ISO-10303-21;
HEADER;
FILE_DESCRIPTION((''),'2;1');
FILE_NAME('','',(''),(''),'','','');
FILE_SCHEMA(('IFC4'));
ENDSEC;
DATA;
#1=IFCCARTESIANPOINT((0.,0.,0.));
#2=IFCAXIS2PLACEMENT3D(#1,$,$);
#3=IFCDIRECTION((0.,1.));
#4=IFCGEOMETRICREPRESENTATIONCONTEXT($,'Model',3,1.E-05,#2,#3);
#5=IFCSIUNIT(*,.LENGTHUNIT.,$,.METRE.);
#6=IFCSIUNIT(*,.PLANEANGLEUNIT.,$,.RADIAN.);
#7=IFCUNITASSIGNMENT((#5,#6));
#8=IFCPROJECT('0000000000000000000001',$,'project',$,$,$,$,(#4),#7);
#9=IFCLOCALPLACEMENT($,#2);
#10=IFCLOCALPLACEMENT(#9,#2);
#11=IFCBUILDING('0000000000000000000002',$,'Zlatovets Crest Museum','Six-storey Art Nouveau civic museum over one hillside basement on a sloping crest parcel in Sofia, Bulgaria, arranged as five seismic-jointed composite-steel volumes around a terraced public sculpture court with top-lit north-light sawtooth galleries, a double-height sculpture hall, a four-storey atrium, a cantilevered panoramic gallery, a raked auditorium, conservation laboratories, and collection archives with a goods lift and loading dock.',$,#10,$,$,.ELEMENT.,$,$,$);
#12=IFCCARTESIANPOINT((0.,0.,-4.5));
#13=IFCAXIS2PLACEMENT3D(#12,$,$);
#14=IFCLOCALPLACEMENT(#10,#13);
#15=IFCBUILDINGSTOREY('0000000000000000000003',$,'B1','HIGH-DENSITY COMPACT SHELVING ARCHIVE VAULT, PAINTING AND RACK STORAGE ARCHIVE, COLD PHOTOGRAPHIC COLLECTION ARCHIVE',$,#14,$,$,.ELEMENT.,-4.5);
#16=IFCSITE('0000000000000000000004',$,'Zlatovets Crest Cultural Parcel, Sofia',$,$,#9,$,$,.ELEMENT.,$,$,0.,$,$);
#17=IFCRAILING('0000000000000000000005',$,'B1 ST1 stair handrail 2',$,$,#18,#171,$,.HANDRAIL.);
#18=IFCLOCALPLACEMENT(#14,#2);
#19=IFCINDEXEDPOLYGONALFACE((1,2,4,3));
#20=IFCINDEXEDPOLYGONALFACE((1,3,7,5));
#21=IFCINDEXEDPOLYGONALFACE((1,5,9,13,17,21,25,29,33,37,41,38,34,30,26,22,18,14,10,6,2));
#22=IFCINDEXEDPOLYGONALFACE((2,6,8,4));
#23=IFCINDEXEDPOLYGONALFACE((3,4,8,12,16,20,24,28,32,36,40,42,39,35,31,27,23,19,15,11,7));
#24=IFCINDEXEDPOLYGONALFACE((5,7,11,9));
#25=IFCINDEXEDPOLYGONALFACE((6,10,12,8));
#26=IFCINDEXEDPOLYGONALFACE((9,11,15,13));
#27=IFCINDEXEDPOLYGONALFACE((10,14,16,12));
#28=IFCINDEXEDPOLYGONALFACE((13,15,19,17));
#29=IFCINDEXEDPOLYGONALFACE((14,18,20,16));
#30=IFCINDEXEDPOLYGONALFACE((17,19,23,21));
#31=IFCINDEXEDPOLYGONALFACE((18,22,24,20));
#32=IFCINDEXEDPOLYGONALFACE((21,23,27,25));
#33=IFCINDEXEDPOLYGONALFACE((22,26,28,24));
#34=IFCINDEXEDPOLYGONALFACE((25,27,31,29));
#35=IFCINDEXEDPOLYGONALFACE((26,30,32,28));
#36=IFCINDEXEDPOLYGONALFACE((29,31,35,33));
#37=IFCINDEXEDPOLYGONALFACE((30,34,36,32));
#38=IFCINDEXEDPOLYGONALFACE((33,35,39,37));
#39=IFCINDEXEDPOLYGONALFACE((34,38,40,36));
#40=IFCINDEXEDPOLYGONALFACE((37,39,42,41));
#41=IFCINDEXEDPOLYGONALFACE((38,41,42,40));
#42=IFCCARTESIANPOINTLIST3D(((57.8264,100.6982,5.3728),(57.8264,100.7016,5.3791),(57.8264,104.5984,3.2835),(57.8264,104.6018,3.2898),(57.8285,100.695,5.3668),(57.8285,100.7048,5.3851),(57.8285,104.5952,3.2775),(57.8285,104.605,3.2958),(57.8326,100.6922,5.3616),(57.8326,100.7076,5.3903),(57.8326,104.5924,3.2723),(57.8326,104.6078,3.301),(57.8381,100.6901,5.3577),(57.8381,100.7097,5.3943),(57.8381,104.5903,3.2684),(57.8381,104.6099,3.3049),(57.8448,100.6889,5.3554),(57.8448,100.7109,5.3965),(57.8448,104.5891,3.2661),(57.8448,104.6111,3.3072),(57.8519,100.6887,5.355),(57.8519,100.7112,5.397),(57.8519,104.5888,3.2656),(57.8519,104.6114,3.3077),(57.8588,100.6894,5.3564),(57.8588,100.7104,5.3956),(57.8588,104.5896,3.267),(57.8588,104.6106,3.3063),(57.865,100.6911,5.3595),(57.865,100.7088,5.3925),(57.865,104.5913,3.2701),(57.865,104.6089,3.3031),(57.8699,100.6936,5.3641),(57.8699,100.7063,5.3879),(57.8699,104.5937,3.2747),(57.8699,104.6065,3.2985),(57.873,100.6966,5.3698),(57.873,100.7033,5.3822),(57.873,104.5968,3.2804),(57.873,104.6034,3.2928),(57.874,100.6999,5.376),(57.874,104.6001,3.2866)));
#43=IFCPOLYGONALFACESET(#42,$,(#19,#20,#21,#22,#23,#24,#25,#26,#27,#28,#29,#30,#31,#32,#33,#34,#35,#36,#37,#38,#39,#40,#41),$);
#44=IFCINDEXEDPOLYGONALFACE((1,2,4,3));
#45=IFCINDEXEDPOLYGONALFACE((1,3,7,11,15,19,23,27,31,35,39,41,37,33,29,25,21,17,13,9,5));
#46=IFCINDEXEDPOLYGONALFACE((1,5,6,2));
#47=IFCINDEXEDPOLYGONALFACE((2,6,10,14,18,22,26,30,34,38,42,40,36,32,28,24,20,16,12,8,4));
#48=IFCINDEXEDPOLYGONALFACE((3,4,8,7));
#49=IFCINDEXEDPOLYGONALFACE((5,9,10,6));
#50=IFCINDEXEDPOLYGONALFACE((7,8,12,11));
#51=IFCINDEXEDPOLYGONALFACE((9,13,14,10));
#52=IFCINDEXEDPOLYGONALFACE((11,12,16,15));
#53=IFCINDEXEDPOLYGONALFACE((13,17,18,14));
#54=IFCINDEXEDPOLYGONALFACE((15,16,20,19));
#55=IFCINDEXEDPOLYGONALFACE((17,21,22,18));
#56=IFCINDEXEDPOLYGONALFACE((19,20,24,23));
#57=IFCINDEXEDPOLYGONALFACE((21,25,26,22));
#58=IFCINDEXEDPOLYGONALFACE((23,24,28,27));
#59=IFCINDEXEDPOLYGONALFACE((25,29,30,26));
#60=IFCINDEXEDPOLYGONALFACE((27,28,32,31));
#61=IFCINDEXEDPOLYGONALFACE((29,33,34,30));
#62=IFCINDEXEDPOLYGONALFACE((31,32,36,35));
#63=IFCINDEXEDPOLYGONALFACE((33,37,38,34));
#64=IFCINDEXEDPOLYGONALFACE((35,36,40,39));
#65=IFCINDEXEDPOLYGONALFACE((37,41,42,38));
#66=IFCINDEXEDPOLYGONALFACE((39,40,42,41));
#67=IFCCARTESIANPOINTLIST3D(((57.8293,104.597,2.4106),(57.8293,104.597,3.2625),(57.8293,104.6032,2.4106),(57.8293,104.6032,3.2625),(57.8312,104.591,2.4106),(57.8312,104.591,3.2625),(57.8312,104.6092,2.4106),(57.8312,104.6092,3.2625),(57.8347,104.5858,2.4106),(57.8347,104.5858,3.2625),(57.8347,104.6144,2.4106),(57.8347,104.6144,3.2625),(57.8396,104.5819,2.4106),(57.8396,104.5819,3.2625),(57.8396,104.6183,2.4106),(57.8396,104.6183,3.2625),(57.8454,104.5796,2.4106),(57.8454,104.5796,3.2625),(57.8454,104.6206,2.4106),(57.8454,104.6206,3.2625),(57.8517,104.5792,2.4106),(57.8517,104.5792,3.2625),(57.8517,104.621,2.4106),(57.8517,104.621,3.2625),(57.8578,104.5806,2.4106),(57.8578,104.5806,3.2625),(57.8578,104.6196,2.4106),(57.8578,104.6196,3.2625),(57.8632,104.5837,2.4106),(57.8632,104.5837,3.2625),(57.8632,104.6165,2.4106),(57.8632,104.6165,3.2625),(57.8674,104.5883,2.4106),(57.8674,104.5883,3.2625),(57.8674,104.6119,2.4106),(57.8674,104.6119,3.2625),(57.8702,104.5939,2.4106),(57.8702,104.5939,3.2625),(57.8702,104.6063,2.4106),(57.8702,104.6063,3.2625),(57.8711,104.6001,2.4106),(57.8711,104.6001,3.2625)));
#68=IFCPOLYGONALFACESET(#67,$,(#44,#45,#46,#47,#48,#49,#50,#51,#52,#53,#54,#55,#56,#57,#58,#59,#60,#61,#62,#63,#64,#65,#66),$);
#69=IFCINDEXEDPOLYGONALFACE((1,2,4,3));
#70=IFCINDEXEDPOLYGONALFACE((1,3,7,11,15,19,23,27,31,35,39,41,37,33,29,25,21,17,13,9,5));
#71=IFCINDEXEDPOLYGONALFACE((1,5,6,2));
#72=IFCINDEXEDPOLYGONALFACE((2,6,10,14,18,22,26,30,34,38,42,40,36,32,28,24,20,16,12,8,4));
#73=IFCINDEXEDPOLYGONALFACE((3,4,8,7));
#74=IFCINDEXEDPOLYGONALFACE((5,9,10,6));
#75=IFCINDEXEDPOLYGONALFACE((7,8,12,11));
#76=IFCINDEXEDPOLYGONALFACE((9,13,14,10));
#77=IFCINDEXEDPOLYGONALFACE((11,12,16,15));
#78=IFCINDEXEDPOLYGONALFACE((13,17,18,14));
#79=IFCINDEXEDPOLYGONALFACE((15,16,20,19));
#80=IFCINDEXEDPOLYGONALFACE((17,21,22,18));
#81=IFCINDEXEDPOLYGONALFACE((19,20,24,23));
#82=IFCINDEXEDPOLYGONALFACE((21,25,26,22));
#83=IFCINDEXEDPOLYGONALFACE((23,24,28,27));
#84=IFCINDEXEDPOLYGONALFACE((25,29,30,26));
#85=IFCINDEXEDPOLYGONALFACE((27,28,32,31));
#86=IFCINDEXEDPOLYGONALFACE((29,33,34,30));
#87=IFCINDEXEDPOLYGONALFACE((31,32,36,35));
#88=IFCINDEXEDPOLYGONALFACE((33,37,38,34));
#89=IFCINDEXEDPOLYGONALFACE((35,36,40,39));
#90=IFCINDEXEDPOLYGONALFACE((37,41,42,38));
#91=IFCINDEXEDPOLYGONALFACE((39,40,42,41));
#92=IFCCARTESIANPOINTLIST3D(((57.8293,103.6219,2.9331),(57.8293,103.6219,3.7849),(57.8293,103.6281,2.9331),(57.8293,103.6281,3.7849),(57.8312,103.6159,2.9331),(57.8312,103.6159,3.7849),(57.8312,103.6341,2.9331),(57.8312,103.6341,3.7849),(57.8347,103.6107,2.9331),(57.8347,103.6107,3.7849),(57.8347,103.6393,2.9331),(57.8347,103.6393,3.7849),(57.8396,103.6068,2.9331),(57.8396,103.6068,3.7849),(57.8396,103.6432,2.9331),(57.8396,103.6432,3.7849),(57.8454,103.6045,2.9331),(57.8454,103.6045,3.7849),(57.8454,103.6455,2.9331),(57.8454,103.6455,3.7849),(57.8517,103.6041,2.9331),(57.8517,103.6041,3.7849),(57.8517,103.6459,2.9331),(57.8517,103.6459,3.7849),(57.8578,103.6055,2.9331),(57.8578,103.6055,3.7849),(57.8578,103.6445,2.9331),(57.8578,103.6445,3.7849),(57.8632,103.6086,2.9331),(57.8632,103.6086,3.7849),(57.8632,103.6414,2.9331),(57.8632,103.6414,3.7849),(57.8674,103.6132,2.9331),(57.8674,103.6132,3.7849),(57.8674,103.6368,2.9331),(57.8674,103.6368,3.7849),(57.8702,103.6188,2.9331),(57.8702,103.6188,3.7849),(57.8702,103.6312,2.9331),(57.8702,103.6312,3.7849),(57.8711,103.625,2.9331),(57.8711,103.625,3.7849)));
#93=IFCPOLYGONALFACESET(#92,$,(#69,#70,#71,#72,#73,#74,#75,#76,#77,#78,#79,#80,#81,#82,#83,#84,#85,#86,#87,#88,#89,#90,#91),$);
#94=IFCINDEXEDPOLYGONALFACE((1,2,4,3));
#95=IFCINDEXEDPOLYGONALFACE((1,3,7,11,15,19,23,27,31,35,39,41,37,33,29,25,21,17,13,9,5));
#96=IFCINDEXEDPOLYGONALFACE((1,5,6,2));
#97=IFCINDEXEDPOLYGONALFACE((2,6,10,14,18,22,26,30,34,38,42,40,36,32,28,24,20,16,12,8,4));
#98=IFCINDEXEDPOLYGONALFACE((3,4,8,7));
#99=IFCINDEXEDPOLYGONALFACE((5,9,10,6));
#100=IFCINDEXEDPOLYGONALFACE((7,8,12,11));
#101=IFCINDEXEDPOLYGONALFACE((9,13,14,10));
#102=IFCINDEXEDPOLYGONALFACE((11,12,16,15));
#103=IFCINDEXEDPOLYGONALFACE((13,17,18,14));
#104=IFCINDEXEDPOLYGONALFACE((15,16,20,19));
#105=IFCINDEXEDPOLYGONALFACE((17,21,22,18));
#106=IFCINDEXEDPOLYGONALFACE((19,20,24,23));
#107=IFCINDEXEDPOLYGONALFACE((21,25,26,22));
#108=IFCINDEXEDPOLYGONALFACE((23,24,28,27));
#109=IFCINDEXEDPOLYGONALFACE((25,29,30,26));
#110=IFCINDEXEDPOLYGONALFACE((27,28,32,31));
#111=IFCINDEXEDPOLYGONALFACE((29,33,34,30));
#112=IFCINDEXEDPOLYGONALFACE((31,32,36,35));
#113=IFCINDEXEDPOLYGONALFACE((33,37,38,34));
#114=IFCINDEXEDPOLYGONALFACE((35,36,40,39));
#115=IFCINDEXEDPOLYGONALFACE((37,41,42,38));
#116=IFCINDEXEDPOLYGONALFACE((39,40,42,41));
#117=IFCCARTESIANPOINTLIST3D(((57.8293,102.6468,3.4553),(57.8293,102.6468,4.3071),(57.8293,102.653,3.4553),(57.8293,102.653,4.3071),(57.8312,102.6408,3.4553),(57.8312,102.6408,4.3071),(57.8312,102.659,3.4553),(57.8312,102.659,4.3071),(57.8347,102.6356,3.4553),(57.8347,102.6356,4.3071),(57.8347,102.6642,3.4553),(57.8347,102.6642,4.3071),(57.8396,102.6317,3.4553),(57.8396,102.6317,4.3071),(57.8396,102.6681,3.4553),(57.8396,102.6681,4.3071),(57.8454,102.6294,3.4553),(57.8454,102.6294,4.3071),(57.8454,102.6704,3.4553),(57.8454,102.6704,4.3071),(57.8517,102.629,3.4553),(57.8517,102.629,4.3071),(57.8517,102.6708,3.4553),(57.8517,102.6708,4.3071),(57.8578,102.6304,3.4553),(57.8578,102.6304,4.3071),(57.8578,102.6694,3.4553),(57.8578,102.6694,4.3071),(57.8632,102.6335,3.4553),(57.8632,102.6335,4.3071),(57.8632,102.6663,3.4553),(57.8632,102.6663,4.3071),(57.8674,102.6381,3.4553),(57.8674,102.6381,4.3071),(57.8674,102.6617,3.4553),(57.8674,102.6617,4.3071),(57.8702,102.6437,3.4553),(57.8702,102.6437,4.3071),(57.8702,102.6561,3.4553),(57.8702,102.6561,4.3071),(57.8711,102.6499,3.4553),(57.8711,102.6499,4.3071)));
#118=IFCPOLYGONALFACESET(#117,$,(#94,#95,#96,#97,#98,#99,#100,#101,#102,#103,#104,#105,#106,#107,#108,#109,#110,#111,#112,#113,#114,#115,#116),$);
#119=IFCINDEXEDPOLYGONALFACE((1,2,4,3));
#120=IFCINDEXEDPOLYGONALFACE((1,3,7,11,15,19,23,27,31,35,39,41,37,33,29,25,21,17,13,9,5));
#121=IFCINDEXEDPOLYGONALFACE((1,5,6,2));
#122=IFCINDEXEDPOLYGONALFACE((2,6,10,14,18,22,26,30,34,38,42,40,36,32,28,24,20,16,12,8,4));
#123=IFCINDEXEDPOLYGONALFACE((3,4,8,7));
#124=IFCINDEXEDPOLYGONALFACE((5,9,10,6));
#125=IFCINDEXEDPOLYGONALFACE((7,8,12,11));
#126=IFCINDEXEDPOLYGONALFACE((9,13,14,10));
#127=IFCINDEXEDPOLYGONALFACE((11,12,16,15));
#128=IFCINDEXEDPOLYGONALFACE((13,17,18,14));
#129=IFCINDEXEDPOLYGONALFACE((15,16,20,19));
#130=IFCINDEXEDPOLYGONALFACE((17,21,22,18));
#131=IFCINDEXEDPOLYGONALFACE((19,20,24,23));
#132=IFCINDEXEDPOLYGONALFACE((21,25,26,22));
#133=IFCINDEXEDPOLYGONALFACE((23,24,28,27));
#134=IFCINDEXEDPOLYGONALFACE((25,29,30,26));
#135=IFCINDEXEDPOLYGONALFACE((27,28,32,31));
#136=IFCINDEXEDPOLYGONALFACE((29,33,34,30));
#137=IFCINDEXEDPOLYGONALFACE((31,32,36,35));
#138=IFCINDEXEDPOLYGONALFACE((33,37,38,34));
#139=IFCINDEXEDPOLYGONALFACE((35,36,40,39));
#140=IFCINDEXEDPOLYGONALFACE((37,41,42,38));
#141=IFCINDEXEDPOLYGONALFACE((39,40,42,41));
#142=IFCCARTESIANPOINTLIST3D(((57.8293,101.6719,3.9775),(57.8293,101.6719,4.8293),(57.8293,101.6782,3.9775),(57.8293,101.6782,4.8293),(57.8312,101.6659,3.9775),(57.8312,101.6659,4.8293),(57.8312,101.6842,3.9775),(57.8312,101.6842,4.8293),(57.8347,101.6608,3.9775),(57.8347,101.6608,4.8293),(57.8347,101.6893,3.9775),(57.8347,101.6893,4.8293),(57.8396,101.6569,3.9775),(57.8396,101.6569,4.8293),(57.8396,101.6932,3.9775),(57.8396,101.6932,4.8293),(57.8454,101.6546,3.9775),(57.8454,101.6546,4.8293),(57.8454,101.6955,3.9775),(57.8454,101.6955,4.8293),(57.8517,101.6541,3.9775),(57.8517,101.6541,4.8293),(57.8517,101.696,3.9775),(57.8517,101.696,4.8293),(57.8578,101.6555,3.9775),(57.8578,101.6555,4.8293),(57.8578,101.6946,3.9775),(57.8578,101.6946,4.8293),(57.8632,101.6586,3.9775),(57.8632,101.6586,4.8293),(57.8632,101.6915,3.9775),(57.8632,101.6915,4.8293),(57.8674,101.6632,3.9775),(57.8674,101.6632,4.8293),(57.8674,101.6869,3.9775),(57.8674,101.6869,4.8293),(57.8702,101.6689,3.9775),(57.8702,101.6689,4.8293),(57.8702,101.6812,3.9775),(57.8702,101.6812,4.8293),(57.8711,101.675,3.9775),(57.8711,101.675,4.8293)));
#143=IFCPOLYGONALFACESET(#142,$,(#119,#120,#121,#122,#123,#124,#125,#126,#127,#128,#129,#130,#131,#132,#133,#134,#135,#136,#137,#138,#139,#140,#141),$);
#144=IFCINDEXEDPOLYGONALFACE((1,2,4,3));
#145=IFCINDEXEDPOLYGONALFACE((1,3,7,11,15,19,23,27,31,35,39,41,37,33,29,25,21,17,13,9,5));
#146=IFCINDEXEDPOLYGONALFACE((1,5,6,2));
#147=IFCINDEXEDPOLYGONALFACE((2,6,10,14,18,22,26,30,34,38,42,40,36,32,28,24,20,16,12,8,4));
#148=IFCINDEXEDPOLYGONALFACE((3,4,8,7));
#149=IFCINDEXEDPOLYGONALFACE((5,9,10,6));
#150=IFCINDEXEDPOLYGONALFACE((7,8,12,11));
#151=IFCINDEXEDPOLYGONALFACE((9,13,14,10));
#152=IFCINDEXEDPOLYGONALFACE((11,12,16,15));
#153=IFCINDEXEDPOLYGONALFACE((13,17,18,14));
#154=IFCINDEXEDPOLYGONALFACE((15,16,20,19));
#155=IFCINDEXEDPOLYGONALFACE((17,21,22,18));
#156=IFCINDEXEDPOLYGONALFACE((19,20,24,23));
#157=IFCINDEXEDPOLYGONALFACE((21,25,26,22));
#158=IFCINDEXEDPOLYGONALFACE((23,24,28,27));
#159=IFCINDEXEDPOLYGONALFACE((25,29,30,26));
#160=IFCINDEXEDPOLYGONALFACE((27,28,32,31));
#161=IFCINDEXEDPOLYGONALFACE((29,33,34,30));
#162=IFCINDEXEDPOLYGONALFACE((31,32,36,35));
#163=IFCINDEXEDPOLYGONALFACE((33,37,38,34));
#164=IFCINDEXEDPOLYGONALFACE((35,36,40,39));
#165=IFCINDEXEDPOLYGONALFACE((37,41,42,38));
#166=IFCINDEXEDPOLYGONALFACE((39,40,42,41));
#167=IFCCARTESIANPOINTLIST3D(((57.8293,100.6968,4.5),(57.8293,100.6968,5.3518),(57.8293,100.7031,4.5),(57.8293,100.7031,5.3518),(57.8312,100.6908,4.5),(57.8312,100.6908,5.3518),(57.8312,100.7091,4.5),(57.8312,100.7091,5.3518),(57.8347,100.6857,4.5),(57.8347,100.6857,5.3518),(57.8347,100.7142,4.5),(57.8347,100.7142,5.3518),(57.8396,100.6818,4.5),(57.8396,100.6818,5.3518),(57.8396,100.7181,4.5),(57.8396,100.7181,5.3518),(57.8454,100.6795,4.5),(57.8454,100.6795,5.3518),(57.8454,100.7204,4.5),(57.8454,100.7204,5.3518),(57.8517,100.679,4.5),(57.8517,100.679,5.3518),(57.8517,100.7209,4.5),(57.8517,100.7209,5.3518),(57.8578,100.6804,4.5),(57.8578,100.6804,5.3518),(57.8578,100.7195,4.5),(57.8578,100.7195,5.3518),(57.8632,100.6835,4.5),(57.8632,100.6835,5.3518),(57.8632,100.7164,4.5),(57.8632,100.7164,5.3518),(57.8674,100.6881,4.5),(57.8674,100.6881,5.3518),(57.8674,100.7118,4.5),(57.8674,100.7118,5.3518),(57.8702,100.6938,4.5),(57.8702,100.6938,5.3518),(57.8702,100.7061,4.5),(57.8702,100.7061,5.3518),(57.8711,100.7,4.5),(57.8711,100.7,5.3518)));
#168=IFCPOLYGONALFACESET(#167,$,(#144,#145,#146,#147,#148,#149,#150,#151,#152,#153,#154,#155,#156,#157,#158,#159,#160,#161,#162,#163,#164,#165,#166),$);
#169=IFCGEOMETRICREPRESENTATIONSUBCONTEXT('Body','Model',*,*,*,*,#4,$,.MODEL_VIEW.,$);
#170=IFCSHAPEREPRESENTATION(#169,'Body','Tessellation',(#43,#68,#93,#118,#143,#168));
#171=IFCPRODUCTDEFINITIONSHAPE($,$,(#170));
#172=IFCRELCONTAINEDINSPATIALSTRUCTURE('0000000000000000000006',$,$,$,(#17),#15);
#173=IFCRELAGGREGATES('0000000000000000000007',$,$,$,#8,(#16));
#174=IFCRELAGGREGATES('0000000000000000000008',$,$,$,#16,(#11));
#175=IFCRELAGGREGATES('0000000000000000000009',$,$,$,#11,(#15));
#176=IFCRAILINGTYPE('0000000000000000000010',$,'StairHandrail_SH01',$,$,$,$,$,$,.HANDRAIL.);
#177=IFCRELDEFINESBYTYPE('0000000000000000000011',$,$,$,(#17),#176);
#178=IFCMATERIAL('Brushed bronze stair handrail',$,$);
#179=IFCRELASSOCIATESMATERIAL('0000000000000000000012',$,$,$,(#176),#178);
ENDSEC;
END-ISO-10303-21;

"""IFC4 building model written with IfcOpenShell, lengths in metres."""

from ifc_helpers import new_model, si_unit, direction, frame, origin, origin_2d, place, context, subcontext, project, spatial, circle, extrude, material, type_object, element, save


model = new_model("IFC4")

# Units and contexts
model_context = context("Model", 3, precision=1e-05, world=origin(), true_north=direction((0.0, 1.0)))
body_context = subcontext(model_context, "Body", "Model", "MODEL_VIEW")
ifc_project = project(units=[si_unit("LENGTHUNIT", "METRE"), si_unit("PLANEANGLEUNIT", "RADIAN")], contexts=[model_context])

# Site, building, storey
site_placement = place(None, origin())
site = spatial("IfcSite", under=ifc_project, at=site_placement, Name="Zlatovets Crest Cultural Parcel, Sofia", CompositionType="ELEMENT", RefElevation=0.0)
building_placement = place(site_placement, origin())
building = spatial("IfcBuilding", under=site, at=building_placement, Name="Zlatovets Crest Museum", Description="Six-storey Art Nouveau civic museum over one hillside basement on a sloping crest parcel in Sofia, Bulgaria, arranged as five seismic-jointed composite-steel volumes around a terraced public sculpture court with top-lit north-light sawtooth galleries, a double-height sculpture hall, a four-storey atrium, a cantilevered panoramic gallery, a raked auditorium, conservation laboratories, and collection archives with a goods lift and loading dock.", CompositionType="ELEMENT")
storey_placement = place(building_placement, frame((0.0, 0.0, -4.5)))
storey = spatial("IfcBuildingStorey", under=building, at=storey_placement, Name="B1", Description="HIGH-DENSITY COMPACT SHELVING ARCHIVE VAULT, PAINTING AND RACK STORAGE ARCHIVE, COLD PHOTOGRAPHIC COLLECTION ARCHIVE", CompositionType="ELEMENT", Elevation=-4.5)

# Railing
ifc_material_1 = material(Name="Brushed bronze stair handrail")
railing_type_1 = type_object("IfcRailingType", Name="StairHandrail_SH01", PredefinedType="HANDRAIL", material=ifc_material_1)
railing_1_placement = place(storey_placement, frame((57.8501, 104.6001, 2.4106)))
element("IfcRailing", 1, at=railing_1_placement, inside=storey, type_object=railing_type_1, Name="B1 ST1 stair handrail 2", PredefinedType="HANDRAIL", context=body_context, shape_type="SweptSolid", body=[
    extrude(circle(Radius=0.0239, at=origin_2d()), frame((0.0, 0.0, 0.876), z_axis=(0.0, -0.881481, 0.47222), x_axis=(1.0, 0.0, 0.0)), (0.0, 0.0, 1.0), 4.4246),
    extrude(circle(Radius=0.021, at=origin_2d()), origin(), (0.0, 0.0, 1.0), 0.8518),
    extrude(circle(Radius=0.021, at=origin_2d()), frame((0.0, -0.9751, 0.5225)), (0.0, 0.0, 1.0), 0.8518),
    extrude(circle(Radius=0.021, at=origin_2d()), frame((0.0, -1.9502, 1.0447)), (0.0, 0.0, 1.0), 0.8518),
    extrude(circle(Radius=0.021, at=origin_2d()), frame((0.0, -2.925, 1.5669)), (0.0, 0.0, 1.0), 0.8518),
    extrude(circle(Radius=0.021, at=origin_2d()), frame((0.0, -3.9001, 2.0894)), (0.0, 0.0, 1.0), 0.8518),
])

save(model, "model.ifc")
